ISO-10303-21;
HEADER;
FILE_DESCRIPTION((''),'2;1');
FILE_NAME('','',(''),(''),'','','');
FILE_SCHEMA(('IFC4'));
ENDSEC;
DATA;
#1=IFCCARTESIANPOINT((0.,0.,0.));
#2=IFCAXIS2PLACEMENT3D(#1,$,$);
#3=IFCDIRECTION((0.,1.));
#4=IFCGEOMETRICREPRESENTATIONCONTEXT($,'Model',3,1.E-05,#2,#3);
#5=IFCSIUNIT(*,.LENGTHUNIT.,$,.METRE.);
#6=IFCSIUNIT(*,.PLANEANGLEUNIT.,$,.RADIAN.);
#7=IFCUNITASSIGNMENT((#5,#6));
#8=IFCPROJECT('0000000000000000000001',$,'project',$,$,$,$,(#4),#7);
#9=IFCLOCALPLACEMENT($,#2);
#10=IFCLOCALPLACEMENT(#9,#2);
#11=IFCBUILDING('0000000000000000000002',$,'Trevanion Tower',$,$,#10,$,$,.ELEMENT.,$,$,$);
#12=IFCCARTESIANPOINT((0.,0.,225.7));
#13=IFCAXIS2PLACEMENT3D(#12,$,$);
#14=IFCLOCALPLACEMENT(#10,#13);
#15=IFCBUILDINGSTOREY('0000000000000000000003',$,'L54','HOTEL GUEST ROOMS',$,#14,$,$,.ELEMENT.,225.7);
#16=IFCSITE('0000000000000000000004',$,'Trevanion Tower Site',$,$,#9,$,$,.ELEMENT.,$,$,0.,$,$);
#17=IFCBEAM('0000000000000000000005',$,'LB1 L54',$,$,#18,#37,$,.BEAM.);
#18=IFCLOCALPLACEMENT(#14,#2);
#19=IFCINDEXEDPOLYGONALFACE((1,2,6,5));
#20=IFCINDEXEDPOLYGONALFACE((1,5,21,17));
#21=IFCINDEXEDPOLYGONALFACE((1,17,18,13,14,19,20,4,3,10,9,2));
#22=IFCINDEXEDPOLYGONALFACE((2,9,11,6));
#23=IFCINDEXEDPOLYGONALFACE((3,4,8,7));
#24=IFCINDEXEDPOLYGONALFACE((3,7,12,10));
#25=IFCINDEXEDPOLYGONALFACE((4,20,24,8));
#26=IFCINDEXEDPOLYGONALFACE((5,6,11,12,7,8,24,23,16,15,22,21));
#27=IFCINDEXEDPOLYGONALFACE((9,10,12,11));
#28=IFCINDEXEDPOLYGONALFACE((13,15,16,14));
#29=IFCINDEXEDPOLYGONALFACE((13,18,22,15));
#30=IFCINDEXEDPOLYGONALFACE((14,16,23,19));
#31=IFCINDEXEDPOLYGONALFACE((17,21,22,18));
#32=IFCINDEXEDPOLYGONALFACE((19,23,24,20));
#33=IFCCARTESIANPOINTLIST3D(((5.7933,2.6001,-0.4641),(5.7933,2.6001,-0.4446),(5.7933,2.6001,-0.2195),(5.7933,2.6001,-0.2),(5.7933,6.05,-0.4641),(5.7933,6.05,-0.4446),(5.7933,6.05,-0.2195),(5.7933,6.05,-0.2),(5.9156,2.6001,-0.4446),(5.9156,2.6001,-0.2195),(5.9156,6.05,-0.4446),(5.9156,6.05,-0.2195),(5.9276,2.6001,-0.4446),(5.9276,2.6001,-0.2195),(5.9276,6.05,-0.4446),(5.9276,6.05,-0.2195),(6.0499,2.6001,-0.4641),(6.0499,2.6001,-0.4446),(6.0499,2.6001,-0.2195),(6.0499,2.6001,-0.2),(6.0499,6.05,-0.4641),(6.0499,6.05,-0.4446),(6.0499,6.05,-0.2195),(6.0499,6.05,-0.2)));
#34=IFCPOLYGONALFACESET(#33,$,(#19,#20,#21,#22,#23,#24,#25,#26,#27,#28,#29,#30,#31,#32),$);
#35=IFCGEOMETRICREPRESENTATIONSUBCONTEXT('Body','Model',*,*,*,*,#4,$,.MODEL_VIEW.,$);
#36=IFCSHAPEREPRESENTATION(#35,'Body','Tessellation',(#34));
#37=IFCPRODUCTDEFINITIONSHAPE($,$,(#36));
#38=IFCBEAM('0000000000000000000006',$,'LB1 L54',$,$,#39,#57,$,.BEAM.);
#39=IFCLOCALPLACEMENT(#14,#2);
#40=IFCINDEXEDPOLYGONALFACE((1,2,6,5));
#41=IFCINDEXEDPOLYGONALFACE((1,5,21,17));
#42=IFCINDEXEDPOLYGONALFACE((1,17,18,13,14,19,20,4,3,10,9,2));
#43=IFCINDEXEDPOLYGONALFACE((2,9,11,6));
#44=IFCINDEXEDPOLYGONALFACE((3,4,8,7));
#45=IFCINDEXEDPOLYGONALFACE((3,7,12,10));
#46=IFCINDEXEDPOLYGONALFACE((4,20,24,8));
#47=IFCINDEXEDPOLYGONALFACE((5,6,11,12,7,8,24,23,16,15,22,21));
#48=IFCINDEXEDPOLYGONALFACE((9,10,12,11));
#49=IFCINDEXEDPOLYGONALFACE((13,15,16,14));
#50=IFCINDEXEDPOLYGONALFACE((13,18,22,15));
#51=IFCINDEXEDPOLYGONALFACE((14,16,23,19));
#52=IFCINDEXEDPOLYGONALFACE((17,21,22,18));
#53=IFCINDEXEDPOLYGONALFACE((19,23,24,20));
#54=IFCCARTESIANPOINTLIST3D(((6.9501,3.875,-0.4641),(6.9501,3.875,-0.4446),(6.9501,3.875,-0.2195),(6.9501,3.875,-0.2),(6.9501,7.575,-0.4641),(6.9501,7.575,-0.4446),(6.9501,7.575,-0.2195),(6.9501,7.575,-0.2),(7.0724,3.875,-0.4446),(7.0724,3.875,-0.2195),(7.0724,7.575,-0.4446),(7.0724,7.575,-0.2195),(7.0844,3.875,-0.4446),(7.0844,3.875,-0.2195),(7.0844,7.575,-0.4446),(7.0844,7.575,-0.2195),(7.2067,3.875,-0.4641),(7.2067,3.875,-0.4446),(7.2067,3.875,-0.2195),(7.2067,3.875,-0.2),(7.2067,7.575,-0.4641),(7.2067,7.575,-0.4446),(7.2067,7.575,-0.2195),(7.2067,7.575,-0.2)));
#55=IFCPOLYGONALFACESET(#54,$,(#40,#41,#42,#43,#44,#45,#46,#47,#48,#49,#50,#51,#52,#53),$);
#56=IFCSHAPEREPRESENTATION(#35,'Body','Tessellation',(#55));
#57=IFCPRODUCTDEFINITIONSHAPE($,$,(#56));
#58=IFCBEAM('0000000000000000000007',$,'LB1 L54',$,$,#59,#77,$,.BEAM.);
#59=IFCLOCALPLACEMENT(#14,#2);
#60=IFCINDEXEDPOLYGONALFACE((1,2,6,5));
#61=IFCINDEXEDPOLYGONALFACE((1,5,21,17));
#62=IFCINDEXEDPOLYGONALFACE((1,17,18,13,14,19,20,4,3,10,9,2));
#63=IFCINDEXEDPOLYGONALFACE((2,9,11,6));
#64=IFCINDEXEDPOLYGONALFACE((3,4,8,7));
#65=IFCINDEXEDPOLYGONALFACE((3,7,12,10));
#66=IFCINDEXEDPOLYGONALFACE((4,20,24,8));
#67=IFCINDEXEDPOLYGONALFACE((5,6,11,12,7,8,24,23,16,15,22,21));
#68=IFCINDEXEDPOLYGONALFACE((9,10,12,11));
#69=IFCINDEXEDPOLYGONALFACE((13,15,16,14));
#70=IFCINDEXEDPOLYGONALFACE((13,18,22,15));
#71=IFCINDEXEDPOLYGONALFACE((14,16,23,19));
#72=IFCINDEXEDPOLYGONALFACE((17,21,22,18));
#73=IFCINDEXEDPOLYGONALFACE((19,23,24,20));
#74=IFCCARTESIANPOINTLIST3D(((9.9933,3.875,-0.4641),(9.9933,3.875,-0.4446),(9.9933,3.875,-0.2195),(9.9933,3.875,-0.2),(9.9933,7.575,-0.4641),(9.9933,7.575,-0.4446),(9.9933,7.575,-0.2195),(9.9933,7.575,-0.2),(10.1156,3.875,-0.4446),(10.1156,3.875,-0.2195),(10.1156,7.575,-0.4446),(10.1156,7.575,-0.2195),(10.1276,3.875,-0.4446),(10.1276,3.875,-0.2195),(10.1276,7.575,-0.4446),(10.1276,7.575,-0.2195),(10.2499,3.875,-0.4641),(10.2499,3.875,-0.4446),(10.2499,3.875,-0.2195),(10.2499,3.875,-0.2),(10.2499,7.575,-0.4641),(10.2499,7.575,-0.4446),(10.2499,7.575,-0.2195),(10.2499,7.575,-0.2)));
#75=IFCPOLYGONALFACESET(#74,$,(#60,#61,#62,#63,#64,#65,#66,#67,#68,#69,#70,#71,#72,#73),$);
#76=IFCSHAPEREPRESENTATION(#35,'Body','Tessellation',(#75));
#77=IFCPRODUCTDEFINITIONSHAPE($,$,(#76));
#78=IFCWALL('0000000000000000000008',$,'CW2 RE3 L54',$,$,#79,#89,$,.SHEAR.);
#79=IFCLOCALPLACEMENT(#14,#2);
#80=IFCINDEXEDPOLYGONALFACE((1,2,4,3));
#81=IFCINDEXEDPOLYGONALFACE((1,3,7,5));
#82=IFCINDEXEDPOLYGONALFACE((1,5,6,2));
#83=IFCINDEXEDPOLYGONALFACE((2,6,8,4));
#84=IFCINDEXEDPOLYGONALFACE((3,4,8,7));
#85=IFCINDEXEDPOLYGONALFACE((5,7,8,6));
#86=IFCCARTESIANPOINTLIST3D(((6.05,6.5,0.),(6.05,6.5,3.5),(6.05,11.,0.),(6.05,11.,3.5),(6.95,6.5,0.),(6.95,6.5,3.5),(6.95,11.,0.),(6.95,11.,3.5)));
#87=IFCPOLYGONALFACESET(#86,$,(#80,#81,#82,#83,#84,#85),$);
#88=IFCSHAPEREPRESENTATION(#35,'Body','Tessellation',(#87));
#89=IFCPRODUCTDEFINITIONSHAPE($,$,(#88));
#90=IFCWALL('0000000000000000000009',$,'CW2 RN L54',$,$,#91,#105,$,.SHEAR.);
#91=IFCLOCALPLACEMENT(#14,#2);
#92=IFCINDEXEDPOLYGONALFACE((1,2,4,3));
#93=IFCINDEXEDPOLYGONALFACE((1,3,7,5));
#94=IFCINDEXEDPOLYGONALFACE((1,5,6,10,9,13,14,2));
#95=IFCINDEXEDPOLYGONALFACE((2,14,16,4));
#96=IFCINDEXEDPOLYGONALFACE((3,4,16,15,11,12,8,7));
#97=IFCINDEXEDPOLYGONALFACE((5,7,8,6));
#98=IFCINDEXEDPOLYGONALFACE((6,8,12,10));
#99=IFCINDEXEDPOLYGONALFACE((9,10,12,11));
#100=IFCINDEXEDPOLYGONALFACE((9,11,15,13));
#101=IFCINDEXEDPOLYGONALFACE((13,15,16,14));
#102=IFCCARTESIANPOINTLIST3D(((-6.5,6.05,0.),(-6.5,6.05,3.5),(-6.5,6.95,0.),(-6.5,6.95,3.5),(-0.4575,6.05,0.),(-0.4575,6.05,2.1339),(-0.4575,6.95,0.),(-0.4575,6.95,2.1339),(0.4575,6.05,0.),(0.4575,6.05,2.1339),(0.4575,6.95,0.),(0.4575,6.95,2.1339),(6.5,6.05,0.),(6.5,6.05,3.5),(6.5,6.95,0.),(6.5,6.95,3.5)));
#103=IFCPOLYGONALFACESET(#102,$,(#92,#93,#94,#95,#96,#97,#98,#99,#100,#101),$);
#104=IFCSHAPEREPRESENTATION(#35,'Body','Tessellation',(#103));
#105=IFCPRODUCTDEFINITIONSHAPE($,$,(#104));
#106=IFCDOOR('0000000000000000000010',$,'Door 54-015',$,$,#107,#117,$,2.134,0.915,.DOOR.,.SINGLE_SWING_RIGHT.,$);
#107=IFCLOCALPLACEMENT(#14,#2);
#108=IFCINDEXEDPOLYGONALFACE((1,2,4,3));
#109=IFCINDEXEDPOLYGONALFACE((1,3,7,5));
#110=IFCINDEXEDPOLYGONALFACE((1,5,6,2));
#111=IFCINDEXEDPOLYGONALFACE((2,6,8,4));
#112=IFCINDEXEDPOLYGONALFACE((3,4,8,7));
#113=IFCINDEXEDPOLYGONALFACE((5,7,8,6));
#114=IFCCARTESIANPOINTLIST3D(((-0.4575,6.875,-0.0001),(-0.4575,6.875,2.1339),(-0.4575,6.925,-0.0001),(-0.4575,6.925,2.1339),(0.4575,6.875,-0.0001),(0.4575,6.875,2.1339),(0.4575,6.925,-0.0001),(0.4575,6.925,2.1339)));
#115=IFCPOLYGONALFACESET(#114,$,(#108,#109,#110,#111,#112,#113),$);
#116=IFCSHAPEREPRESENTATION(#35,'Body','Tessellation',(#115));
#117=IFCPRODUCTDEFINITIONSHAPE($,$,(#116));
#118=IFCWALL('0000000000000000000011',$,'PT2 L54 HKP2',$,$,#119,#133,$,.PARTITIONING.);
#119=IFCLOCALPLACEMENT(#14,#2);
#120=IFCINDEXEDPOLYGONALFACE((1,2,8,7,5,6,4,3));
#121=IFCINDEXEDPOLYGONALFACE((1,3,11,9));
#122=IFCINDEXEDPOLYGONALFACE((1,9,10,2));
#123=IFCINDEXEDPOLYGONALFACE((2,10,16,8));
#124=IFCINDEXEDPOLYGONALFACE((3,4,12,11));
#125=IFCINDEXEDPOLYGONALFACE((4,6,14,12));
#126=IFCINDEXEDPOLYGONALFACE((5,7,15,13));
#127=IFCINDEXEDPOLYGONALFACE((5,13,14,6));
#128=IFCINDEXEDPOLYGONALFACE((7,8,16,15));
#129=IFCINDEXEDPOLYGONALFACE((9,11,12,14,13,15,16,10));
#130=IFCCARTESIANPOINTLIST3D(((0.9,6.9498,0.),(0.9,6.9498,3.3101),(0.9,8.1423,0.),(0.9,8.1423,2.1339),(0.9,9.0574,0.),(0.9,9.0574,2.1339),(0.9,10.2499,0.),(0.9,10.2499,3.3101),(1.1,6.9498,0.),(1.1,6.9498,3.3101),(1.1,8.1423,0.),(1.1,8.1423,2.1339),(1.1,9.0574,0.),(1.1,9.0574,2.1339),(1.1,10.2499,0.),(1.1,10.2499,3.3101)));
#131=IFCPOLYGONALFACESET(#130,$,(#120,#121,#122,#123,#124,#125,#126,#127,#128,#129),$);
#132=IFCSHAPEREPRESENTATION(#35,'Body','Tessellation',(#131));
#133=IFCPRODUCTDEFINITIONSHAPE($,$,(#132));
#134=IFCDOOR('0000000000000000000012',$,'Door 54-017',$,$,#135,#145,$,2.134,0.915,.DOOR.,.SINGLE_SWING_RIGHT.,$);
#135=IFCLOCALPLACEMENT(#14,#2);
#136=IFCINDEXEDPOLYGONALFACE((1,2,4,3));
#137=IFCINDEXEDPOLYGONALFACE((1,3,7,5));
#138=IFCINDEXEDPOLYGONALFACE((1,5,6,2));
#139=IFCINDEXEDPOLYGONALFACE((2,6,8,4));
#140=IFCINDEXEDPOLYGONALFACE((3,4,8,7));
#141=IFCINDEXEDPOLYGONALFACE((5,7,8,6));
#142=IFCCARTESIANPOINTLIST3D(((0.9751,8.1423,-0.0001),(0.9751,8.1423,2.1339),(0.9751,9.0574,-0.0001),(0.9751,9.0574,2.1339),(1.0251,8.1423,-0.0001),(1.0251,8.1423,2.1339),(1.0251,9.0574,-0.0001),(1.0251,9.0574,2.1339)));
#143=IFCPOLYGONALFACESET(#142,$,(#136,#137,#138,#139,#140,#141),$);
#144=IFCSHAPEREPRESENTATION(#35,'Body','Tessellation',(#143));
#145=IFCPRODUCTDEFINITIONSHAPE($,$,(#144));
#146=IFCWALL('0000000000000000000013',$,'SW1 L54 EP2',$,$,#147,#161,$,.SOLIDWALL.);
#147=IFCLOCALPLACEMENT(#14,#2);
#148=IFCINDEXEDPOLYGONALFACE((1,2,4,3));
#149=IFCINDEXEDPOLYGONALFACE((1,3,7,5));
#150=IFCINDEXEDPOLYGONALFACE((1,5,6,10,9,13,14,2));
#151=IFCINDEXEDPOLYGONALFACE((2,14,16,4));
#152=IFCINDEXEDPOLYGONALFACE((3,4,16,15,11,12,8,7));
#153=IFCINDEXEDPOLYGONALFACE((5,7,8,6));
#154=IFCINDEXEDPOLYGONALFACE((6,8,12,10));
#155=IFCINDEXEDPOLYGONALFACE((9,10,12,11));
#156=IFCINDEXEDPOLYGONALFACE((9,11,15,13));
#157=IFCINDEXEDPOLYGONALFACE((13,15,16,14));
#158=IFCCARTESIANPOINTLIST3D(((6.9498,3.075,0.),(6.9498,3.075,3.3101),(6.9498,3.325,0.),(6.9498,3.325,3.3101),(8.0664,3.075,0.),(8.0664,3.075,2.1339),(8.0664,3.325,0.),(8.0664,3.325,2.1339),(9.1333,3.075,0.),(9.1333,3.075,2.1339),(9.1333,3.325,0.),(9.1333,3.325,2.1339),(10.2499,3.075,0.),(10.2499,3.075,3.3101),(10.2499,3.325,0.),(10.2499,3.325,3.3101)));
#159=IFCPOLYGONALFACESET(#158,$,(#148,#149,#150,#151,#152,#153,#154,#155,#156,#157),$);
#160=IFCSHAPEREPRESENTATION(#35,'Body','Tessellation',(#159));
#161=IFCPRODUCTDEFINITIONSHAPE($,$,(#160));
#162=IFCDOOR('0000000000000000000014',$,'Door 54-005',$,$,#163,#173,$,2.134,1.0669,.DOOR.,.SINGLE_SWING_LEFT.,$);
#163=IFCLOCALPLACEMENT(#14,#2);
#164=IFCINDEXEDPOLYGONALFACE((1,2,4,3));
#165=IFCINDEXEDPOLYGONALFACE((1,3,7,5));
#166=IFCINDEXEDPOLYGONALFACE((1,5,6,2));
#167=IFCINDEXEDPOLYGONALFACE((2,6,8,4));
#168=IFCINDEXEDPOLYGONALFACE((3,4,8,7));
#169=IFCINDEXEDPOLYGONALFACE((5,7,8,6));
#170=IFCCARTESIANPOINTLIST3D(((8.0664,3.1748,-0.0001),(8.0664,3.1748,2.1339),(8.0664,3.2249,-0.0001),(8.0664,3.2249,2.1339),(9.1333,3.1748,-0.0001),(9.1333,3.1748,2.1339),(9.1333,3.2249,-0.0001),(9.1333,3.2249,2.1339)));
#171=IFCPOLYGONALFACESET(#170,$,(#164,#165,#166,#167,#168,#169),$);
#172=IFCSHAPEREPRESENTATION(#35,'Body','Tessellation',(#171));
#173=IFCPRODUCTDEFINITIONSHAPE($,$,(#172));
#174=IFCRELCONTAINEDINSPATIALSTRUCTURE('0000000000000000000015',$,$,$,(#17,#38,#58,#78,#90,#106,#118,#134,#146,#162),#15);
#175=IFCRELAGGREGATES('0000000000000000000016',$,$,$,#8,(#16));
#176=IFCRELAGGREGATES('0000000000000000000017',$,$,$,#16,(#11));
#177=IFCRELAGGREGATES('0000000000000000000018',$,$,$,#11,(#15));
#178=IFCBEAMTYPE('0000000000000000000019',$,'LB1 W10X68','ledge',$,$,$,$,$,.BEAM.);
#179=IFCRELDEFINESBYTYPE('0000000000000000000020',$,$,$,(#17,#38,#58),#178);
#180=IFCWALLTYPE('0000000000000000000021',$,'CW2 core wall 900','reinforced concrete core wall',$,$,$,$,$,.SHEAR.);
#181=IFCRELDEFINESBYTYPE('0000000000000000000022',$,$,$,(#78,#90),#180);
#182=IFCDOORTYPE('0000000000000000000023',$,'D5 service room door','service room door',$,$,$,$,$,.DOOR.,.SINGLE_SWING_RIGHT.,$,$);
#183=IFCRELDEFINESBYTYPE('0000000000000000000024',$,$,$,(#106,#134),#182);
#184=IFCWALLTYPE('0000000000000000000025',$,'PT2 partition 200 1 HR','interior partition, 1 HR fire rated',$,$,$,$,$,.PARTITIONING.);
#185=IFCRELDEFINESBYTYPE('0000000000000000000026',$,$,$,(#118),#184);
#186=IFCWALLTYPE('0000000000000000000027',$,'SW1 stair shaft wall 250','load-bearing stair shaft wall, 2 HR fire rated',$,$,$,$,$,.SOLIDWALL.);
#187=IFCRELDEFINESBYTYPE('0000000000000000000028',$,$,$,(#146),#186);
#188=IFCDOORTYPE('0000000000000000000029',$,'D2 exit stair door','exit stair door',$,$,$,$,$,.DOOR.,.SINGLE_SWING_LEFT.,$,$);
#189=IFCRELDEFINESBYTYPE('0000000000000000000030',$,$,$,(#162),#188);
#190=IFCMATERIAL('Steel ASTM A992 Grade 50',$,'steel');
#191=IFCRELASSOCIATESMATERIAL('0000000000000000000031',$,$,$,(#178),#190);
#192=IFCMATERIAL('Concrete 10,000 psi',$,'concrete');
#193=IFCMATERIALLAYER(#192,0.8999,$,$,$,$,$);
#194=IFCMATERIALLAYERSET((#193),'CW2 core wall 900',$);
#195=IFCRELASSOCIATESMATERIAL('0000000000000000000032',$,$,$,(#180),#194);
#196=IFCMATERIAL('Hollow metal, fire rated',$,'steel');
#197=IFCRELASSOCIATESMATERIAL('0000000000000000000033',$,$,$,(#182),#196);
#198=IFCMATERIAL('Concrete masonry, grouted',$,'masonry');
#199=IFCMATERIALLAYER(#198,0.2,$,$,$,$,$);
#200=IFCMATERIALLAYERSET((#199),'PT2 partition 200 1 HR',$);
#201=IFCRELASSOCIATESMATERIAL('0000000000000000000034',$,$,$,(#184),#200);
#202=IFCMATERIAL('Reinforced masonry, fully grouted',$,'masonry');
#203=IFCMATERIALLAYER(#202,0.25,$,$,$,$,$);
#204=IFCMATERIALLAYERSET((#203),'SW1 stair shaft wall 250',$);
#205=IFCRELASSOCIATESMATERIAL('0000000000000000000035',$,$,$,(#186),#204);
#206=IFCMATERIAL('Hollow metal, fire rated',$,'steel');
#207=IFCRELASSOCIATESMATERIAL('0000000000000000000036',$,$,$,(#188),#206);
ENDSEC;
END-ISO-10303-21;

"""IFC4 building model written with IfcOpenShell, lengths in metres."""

from ifc_helpers import new_model, si_unit, direction, frame, frame_2d, origin, origin_2d, place, context, subcontext, project, spatial, rectangle, i_section, extrude, material, layer, layer_set, material_profile, profile_set, type_object, element, fill, save


model = new_model("IFC4")

# Units and contexts
model_context = context("Model", 3, precision=1e-05, world=origin(), true_north=direction((0.0, 1.0)))
body_context = subcontext(model_context, "Body", "Model", "MODEL_VIEW")
ifc_project = project(units=[si_unit("LENGTHUNIT", "METRE"), si_unit("PLANEANGLEUNIT", "RADIAN")], contexts=[model_context])

# Site, building, storey
site_placement = place(None, origin())
site = spatial("IfcSite", under=ifc_project, at=site_placement, Name="Trevanion Tower Site", CompositionType="ELEMENT", RefElevation=0.0)
building_placement = place(site_placement, origin())
building = spatial("IfcBuilding", under=site, at=building_placement, Name="Trevanion Tower", CompositionType="ELEMENT")
storey_placement = place(building_placement, frame((0.0, 0.0, 225.7)))
storey = spatial("IfcBuildingStorey", under=building, at=storey_placement, Name="L54", Description="HOTEL GUEST ROOMS", CompositionType="ELEMENT", Elevation=225.7)

# Beams
ifc_material_1 = material(Name="Steel ASTM A992 Grade 50", Category="steel")
ifc_material_profile = material_profile(ifc_material_1, i_section(OverallWidth=0.2566, OverallDepth=0.2642, WebThickness=0.012, FlangeThickness=0.0195, at=origin_2d()), Name="W10X68")
ifc_profile_set = profile_set([ifc_material_profile], Name="Steel ASTM A992 Grade 50")
beam_type = type_object("IfcBeamType", Name="LB1 W10X68", Description="ledge", PredefinedType="BEAM", material=ifc_profile_set)
beam_placement = place(storey_placement, frame((5.9216, 2.6001, -0.332), z_axis=(0.0, 1.0, 0.0), x_axis=(-1.0, 0.0, 0.0)))
element("IfcBeam", 1, at=beam_placement, inside=storey, type_object=beam_type, Name="LB1 L54", PredefinedType="BEAM", context=body_context, shape_type="SweptSolid", body=[
    extrude(i_section(OverallWidth=0.2566, OverallDepth=0.2642, WebThickness=0.012, FlangeThickness=0.0195, at=origin_2d()), origin(), (0.0, 0.0, 1.0), 3.45),
])
for number, where, z_axis, x_axis, name in (
    (2, (7.0784, 3.875, -0.332), (0.0, 1.0, 0.0), (-1.0, 0.0, 0.0), "LB1 L54"),
    (3, (10.1216, 3.875, -0.332), (0.0, 1.0, 0.0), (-1.0, 0.0, 0.0), "LB1 L54"),
):
    element("IfcBeam", number, at=place(storey_placement, frame(where, z_axis=z_axis, x_axis=x_axis)), inside=storey, type_object=beam_type, Name=name, PredefinedType="BEAM", context=body_context, shape_type="SweptSolid", body=[
        extrude(i_section(OverallWidth=0.2566, OverallDepth=0.2642, WebThickness=0.012, FlangeThickness=0.0195, at=origin_2d()), origin(), (0.0, 0.0, 1.0), 3.7),
    ])

# Wall
ifc_material_2 = material(Name="Concrete 10,000 psi", Category="concrete")
ifc_layer_1 = layer(ifc_material_2, 0.8999)
ifc_layer_set_1 = layer_set([ifc_layer_1], Name="CW2 core wall 900")
wall_type_1 = type_object("IfcWallType", Name="CW2 core wall 900", Description="reinforced concrete core wall", PredefinedType="SHEAR", material=ifc_layer_set_1)
wall_1_placement = place(storey_placement, frame((6.5, 6.5, 0.0), z_axis=(0.0, 0.0, 1.0), x_axis=(0.0, 1.0, 0.0)))
element("IfcWall", 4, at=wall_1_placement, inside=storey, type_object=wall_type_1, Name="CW2 RE3 L54", PredefinedType="SHEAR", context=body_context, shape_type="SweptSolid", body=[
    extrude(rectangle(XDim=4.5, YDim=0.8999, at=frame_2d((2.25, 0.0))), origin(), (0.0, 0.0, 1.0), 3.5),
])

# Walls, openings, doors
wall_2_placement = place(storey_placement, frame((6.5, 6.5, 0.0), z_axis=(0.0, 0.0, 1.0), x_axis=(-1.0, 0.0, 0.0)))
wall_2 = element("IfcWall", 5, at=wall_2_placement, inside=storey, type_object=wall_type_1, Name="CW2 RN L54", PredefinedType="SHEAR", context=body_context, shape_type="SweptSolid", body=[
    extrude(rectangle(XDim=13.0, YDim=0.8999, at=frame_2d((6.5, 0.0))), origin(), (0.0, 0.0, 1.0), 3.5),
])
opening_1_placement = place(wall_2_placement, frame((6.0425, 0.0, 0.0)))
opening_1 = element("IfcOpeningElement", 6, at=opening_1_placement, cuts=wall_2, PredefinedType="OPENING", context=body_context, shape_type="SweptSolid", body=[
    extrude(rectangle(XDim=0.915, YDim=2.134, at=frame_2d((0.4575, 1.0669))), frame((0.0, 0.46, 0.0), z_axis=(0.0, -1.0, 0.0), x_axis=(1.0, 0.0, 0.0)), (0.0, 0.0, 1.0), 0.9199),
])
ifc_material_3 = material(Name="Hollow metal, fire rated", Category="steel")
door_type_1 = type_object("IfcDoorType", Name="D5 service room door", Description="service room door", OperationType="SINGLE_SWING_RIGHT", PredefinedType="DOOR", material=ifc_material_3)
door_1_placement = place(opening_1_placement, origin())
door_1 = element("IfcDoor", 7, at=door_1_placement, inside=storey, type_object=door_type_1, Name="Door 54-015", OperationType="SINGLE_SWING_RIGHT", OverallHeight=2.134, OverallWidth=0.915, PredefinedType="DOOR", context=body_context, shape_type="SweptSolid", body=[
    extrude(rectangle(XDim=0.915, YDim=2.134, at=frame_2d((0.4575, 1.0669))), frame((0.0, -0.375, 0.0), z_axis=(0.0, -1.0, 0.0), x_axis=(1.0, 0.0, 0.0)), (0.0, 0.0, 1.0), 0.05),
])
fill(opening_1, door_1)
ifc_material_4 = material(Name="Concrete masonry, grouted", Category="masonry")
ifc_layer_2 = layer(ifc_material_4, 0.2)
ifc_layer_set_2 = layer_set([ifc_layer_2], Name="PT2 partition 200 1 HR")
wall_type_2 = type_object("IfcWallType", Name="PT2 partition 200 1 HR", Description="interior partition, 1 HR fire rated", PredefinedType="PARTITIONING", material=ifc_layer_set_2)
wall_3_placement = place(storey_placement, frame((1.0, 6.95, 0.0), z_axis=(0.0, 0.0, 1.0), x_axis=(0.0, 1.0, 0.0)))
wall_3 = element("IfcWall", 8, at=wall_3_placement, inside=storey, type_object=wall_type_2, Name="PT2 L54 HKP2", PredefinedType="PARTITIONING", context=body_context, shape_type="SweptSolid", body=[
    extrude(rectangle(XDim=3.3, YDim=0.2, at=frame_2d((1.6499, 0.0))), origin(), (0.0, 0.0, 1.0), 3.3101),
])
opening_2_placement = place(wall_3_placement, frame((1.1924, 0.0, 0.0)))
opening_2 = element("IfcOpeningElement", 9, at=opening_2_placement, cuts=wall_3, PredefinedType="OPENING", context=body_context, shape_type="SweptSolid", body=[
    extrude(rectangle(XDim=0.915, YDim=2.134, at=frame_2d((0.4575, 1.0669))), frame((0.0, 0.1099, 0.0), z_axis=(0.0, -1.0, 0.0), x_axis=(1.0, 0.0, 0.0)), (0.0, 0.0, 1.0), 0.22),
])
door_2_placement = place(opening_2_placement, origin())
door_2 = element("IfcDoor", 10, at=door_2_placement, inside=storey, type_object=door_type_1, Name="Door 54-017", OperationType="SINGLE_SWING_RIGHT", OverallHeight=2.134, OverallWidth=0.915, PredefinedType="DOOR", context=body_context, shape_type="SweptSolid", body=[
    extrude(rectangle(XDim=0.915, YDim=2.134, at=frame_2d((0.4575, 1.0669))), frame((0.0, 0.0249, 0.0), z_axis=(0.0, -1.0, 0.0), x_axis=(1.0, 0.0, 0.0)), (0.0, 0.0, 1.0), 0.05),
])
fill(opening_2, door_2)
ifc_material_5 = material(Name="Reinforced masonry, fully grouted", Category="masonry")
ifc_layer_3 = layer(ifc_material_5, 0.25)
ifc_layer_set_3 = layer_set([ifc_layer_3], Name="SW1 stair shaft wall 250")
wall_type_3 = type_object("IfcWallType", Name="SW1 stair shaft wall 250", Description="load-bearing stair shaft wall, 2 HR fire rated", PredefinedType="SOLIDWALL", material=ifc_layer_set_3)
wall_4_placement = place(storey_placement, frame((6.95, 3.2, 0.0), z_axis=(0.0, 0.0, 1.0), x_axis=(1.0, 0.0, 0.0)))
wall_4 = element("IfcWall", 11, at=wall_4_placement, inside=storey, type_object=wall_type_3, Name="SW1 L54 EP2", PredefinedType="SOLIDWALL", context=body_context, shape_type="SweptSolid", body=[
    extrude(rectangle(XDim=3.3, YDim=0.25, at=frame_2d((1.6499, 0.0))), origin(), (0.0, 0.0, 1.0), 3.3101),
])
opening_3_placement = place(wall_4_placement, frame((1.1165, 0.0, 0.0)))
opening_3 = element("IfcOpeningElement", 12, at=opening_3_placement, cuts=wall_4, PredefinedType="OPENING", context=body_context, shape_type="SweptSolid", body=[
    extrude(rectangle(XDim=1.0669, YDim=2.134, at=frame_2d((0.5334, 1.0669))), frame((0.0, 0.135, 0.0), z_axis=(0.0, -1.0, 0.0), x_axis=(1.0, 0.0, 0.0)), (0.0, 0.0, 1.0), 0.27),
])
ifc_material_6 = material(Name="Hollow metal, fire rated", Category="steel")
door_type_2 = type_object("IfcDoorType", Name="D2 exit stair door", Description="exit stair door", OperationType="SINGLE_SWING_LEFT", PredefinedType="DOOR", material=ifc_material_6)
door_3_placement = place(opening_3_placement, origin())
door_3 = element("IfcDoor", 13, at=door_3_placement, inside=storey, type_object=door_type_2, Name="Door 54-005", OperationType="SINGLE_SWING_LEFT", OverallHeight=2.134, OverallWidth=1.0669, PredefinedType="DOOR", context=body_context, shape_type="SweptSolid", body=[
    extrude(rectangle(XDim=1.0669, YDim=2.134, at=frame_2d((0.5334, 1.0669))), frame((0.0, 0.0249, 0.0), z_axis=(0.0, -1.0, 0.0), x_axis=(1.0, 0.0, 0.0)), (0.0, 0.0, 1.0), 0.05),
])
fill(opening_3, door_3)

save(model, "model.ifc")
